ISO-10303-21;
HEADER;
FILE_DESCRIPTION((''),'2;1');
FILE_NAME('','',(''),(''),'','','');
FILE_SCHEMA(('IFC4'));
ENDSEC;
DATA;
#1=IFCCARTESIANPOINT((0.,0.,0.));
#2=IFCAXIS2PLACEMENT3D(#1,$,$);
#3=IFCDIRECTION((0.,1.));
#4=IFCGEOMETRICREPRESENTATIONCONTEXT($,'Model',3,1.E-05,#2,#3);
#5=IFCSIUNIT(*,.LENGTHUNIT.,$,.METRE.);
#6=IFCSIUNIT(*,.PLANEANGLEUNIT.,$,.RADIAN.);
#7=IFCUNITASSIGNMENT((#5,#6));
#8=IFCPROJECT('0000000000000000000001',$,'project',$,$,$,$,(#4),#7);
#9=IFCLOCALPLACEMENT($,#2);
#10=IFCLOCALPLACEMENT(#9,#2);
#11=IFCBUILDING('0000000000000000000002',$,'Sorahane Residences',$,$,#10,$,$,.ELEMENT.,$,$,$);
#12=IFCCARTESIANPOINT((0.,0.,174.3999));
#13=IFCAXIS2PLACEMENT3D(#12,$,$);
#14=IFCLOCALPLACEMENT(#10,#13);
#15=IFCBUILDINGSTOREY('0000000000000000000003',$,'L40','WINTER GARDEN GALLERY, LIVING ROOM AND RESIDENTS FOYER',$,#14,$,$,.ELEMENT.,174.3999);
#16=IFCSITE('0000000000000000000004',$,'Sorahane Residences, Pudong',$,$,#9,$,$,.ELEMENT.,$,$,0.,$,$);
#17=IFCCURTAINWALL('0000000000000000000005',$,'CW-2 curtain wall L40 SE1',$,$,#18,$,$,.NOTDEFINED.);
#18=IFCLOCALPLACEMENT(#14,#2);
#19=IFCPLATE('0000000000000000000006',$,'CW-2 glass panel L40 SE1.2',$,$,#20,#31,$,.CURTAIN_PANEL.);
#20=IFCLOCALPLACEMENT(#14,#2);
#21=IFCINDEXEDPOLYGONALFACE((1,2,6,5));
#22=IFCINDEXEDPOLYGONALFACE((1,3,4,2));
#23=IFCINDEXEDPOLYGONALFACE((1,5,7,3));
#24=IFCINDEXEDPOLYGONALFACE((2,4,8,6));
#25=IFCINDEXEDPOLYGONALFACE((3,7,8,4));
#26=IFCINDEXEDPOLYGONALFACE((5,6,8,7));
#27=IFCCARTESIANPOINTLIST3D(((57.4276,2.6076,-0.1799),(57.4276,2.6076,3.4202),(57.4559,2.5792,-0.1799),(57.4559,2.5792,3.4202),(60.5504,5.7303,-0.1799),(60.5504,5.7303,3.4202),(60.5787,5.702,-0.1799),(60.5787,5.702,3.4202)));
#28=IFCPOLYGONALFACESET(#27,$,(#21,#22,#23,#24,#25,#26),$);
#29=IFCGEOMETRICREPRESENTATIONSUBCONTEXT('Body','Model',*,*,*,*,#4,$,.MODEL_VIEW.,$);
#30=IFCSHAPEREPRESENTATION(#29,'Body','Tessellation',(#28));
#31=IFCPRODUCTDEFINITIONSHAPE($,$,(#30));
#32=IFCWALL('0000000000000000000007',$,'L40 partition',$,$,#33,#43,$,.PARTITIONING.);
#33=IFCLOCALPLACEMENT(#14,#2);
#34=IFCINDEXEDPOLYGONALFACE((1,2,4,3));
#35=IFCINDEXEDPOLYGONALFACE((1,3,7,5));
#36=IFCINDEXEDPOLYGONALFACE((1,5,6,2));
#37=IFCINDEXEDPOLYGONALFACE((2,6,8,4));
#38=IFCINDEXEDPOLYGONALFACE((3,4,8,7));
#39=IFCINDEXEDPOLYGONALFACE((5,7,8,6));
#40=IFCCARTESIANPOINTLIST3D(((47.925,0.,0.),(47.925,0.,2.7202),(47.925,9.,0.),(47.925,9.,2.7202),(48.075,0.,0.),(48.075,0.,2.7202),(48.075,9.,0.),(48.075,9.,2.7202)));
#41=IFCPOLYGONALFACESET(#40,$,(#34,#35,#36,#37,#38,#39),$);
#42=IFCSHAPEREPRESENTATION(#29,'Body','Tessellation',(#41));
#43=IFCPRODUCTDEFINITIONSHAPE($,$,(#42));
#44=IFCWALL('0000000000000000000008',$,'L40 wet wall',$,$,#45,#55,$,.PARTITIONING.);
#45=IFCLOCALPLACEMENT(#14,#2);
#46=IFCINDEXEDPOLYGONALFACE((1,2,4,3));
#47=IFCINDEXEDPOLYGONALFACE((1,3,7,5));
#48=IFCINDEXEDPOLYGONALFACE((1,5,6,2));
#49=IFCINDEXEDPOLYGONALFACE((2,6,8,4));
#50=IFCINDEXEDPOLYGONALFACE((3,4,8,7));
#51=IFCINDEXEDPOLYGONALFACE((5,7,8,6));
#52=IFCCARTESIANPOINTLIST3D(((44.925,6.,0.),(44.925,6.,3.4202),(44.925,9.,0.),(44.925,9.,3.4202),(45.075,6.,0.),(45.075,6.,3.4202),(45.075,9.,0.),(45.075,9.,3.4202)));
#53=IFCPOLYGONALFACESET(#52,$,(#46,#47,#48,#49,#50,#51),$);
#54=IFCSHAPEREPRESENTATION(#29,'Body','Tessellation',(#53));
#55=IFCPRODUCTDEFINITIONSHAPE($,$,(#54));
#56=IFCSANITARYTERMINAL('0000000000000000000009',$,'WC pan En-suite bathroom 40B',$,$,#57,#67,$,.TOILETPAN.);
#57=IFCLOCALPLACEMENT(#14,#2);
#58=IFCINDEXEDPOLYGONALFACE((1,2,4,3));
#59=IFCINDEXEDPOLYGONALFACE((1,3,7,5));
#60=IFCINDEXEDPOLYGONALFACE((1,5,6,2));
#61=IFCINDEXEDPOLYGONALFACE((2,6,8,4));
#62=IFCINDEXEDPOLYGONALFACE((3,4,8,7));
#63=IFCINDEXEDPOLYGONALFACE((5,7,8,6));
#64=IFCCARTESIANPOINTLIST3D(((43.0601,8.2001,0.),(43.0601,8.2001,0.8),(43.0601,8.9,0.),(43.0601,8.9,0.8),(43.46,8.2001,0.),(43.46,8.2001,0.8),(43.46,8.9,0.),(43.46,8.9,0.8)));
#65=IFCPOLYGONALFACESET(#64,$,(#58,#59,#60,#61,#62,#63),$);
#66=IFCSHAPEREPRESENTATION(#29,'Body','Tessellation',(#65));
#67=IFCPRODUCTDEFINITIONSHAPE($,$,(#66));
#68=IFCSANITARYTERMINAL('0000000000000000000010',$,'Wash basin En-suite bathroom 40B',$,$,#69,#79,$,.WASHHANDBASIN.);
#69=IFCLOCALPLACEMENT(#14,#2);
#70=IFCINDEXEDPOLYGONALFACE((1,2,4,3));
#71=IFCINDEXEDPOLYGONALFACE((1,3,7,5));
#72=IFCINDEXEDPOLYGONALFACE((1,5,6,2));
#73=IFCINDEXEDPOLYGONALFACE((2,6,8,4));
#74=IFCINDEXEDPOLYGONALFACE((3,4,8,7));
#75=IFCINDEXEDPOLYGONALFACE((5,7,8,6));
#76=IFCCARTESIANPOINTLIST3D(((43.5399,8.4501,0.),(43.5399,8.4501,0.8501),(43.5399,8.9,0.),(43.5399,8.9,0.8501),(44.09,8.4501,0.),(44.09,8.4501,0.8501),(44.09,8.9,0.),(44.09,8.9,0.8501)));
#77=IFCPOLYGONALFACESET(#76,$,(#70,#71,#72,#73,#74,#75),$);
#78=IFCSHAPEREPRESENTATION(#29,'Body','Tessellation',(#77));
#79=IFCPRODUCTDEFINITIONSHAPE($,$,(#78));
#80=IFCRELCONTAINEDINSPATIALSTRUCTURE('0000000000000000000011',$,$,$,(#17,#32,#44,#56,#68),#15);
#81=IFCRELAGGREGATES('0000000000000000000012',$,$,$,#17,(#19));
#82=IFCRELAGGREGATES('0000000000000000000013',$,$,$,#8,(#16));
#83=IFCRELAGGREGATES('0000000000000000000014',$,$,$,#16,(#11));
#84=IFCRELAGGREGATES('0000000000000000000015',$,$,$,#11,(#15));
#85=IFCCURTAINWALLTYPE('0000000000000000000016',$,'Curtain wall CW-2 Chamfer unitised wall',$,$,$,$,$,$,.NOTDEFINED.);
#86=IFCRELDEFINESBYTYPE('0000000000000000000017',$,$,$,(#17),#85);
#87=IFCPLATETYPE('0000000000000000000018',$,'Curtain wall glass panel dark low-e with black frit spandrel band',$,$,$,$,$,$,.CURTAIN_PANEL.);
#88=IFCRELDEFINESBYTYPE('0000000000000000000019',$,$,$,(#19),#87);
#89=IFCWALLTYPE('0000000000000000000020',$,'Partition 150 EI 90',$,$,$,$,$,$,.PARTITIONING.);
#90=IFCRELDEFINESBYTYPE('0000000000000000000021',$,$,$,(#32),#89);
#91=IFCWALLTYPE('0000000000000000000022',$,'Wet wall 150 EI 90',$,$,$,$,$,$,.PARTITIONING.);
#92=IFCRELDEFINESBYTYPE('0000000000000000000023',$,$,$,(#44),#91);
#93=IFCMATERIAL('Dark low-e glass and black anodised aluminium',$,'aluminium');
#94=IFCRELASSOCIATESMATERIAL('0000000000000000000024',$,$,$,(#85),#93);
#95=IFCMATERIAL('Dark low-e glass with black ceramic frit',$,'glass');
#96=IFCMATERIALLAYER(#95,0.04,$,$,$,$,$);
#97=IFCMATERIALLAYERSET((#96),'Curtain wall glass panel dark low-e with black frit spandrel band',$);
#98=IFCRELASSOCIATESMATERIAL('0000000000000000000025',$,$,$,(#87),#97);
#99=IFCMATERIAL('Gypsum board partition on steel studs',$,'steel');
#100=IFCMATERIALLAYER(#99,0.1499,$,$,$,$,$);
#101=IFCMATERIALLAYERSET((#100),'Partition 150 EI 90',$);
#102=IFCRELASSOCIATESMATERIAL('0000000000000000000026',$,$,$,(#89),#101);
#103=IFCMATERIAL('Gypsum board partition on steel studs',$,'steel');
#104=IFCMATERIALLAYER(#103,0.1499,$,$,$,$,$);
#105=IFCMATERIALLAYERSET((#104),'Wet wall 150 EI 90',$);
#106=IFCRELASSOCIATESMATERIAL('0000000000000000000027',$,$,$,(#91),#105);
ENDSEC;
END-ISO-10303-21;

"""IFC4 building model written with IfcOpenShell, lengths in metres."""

from ifc_helpers import new_model, si_unit, direction, frame, frame_2d, origin, origin_2d, place, context, subcontext, project, spatial, rectangle, extrude, material, layer, layer_set, type_object, element, aggregate, save


model = new_model("IFC4")

# Units and contexts
model_context = context("Model", 3, precision=1e-05, world=origin(), true_north=direction((0.0, 1.0)))
body_context = subcontext(model_context, "Body", "Model", "MODEL_VIEW")
ifc_project = project(units=[si_unit("LENGTHUNIT", "METRE"), si_unit("PLANEANGLEUNIT", "RADIAN")], contexts=[model_context])

# Site, building, storey
site_placement = place(None, origin())
site = spatial("IfcSite", under=ifc_project, at=site_placement, Name="Sorahane Residences, Pudong", CompositionType="ELEMENT", RefElevation=0.0)
building_placement = place(site_placement, origin())
building = spatial("IfcBuilding", under=site, at=building_placement, Name="Sorahane Residences", CompositionType="ELEMENT")
storey_placement = place(building_placement, frame((0.0, 0.0, 174.3999)))
storey = spatial("IfcBuildingStorey", under=building, at=storey_placement, Name="L40", Description="WINTER GARDEN GALLERY, LIVING ROOM AND RESIDENTS FOYER", CompositionType="ELEMENT", Elevation=174.3999)

# Curtain wall
ifc_material_1 = material(Name="Dark low-e glass and black anodised aluminium", Category="aluminium")
curtain_wall_type_1 = type_object("IfcCurtainWallType", Name="Curtain wall CW-2 Chamfer unitised wall", PredefinedType="NOTDEFINED", material=ifc_material_1)
curtain_wall_1_placement = place(storey_placement, origin())
curtain_wall_1 = element("IfcCurtainWall", 1, at=curtain_wall_1_placement, inside=storey, type_object=curtain_wall_type_1, Name="CW-2 curtain wall L40 SE1", PredefinedType="NOTDEFINED")

# Plate
ifc_material_2 = material(Name="Dark low-e glass with black ceramic frit", Category="glass")
ifc_layer_1 = layer(ifc_material_2, 0.04)
ifc_layer_set_1 = layer_set([ifc_layer_1], Name="Curtain wall glass panel dark low-e with black frit spandrel band")
plate_type = type_object("IfcPlateType", Name="Curtain wall glass panel dark low-e with black frit spandrel band", PredefinedType="CURTAIN_PANEL", material=ifc_layer_set_1)
plate_1_placement = place(storey_placement, frame((59.0032, 4.1548, -0.1799), z_axis=(0.0, 0.0, 1.0), x_axis=(0.707107, 0.707107, 0.0)))
plate_1 = element("IfcPlate", 2, at=plate_1_placement, type_object=plate_type, Name="CW-2 glass panel L40 SE1.2", PredefinedType="CURTAIN_PANEL", context=body_context, shape_type="SweptSolid", body=[
    extrude(rectangle(XDim=4.4163, YDim=0.04, at=origin_2d()), origin(), (0.0, 0.0, 1.0), 3.6001),
])
aggregate(curtain_wall_1, [plate_1])

# Wall
ifc_material_3 = material(Name="Gypsum board partition on steel studs", Category="steel")
ifc_layer_2 = layer(ifc_material_3, 0.1499)
ifc_layer_set_2 = layer_set([ifc_layer_2], Name="Partition 150 EI 90")
wall_type_1 = type_object("IfcWallType", Name="Partition 150 EI 90", PredefinedType="PARTITIONING", material=ifc_layer_set_2)
wall_1_placement = place(storey_placement, frame((48.0, 0.0, 0.0), z_axis=(0.0, 0.0, 1.0), x_axis=(0.0, 1.0, 0.0)))
element("IfcWall", 3, at=wall_1_placement, inside=storey, type_object=wall_type_1, Name="L40 partition", PredefinedType="PARTITIONING", context=body_context, shape_type="SweptSolid", body=[
    extrude(rectangle(XDim=9.0, YDim=0.1499, at=frame_2d((4.5, 0.0))), origin(), (0.0, 0.0, 1.0), 2.7202),
])

# Wall
ifc_material_4 = material(Name="Gypsum board partition on steel studs", Category="steel")
ifc_layer_3 = layer(ifc_material_4, 0.1499)
ifc_layer_set_3 = layer_set([ifc_layer_3], Name="Wet wall 150 EI 90")
wall_type_2 = type_object("IfcWallType", Name="Wet wall 150 EI 90", PredefinedType="PARTITIONING", material=ifc_layer_set_3)
wall_2_placement = place(storey_placement, frame((45.0, 6.0, 0.0), z_axis=(0.0, 0.0, 1.0), x_axis=(0.0, 1.0, 0.0)))
element("IfcWall", 4, at=wall_2_placement, inside=storey, type_object=wall_type_2, Name="L40 wet wall", PredefinedType="PARTITIONING", context=body_context, shape_type="SweptSolid", body=[
    extrude(rectangle(XDim=3.0, YDim=0.1499, at=frame_2d((1.5, 0.0))), origin(), (0.0, 0.0, 1.0), 3.4202),
])

# Sanitary terminals
sanitary_terminal_1_placement = place(storey_placement, frame((43.26, 8.55, 0.0), z_axis=(0.0, 0.0, 1.0), x_axis=(1.0, 0.0, 0.0)))
element("IfcSanitaryTerminal", 5, at=sanitary_terminal_1_placement, inside=storey, Name="WC pan En-suite bathroom 40B", PredefinedType="TOILETPAN", context=body_context, shape_type="SweptSolid", body=[
    extrude(rectangle(XDim=0.3999, YDim=0.7, at=origin_2d()), origin(), (0.0, 0.0, 1.0), 0.8),
])
sanitary_terminal_2_placement = place(storey_placement, frame((43.8149, 8.675, 0.0), z_axis=(0.0, 0.0, 1.0), x_axis=(1.0, 0.0, 0.0)))
element("IfcSanitaryTerminal", 6, at=sanitary_terminal_2_placement, inside=storey, Name="Wash basin En-suite bathroom 40B", PredefinedType="WASHHANDBASIN", context=body_context, shape_type="SweptSolid", body=[
    extrude(rectangle(XDim=0.55, YDim=0.45, at=origin_2d()), origin(), (0.0, 0.0, 1.0), 0.8501),
])

save(model, "model.ifc")
